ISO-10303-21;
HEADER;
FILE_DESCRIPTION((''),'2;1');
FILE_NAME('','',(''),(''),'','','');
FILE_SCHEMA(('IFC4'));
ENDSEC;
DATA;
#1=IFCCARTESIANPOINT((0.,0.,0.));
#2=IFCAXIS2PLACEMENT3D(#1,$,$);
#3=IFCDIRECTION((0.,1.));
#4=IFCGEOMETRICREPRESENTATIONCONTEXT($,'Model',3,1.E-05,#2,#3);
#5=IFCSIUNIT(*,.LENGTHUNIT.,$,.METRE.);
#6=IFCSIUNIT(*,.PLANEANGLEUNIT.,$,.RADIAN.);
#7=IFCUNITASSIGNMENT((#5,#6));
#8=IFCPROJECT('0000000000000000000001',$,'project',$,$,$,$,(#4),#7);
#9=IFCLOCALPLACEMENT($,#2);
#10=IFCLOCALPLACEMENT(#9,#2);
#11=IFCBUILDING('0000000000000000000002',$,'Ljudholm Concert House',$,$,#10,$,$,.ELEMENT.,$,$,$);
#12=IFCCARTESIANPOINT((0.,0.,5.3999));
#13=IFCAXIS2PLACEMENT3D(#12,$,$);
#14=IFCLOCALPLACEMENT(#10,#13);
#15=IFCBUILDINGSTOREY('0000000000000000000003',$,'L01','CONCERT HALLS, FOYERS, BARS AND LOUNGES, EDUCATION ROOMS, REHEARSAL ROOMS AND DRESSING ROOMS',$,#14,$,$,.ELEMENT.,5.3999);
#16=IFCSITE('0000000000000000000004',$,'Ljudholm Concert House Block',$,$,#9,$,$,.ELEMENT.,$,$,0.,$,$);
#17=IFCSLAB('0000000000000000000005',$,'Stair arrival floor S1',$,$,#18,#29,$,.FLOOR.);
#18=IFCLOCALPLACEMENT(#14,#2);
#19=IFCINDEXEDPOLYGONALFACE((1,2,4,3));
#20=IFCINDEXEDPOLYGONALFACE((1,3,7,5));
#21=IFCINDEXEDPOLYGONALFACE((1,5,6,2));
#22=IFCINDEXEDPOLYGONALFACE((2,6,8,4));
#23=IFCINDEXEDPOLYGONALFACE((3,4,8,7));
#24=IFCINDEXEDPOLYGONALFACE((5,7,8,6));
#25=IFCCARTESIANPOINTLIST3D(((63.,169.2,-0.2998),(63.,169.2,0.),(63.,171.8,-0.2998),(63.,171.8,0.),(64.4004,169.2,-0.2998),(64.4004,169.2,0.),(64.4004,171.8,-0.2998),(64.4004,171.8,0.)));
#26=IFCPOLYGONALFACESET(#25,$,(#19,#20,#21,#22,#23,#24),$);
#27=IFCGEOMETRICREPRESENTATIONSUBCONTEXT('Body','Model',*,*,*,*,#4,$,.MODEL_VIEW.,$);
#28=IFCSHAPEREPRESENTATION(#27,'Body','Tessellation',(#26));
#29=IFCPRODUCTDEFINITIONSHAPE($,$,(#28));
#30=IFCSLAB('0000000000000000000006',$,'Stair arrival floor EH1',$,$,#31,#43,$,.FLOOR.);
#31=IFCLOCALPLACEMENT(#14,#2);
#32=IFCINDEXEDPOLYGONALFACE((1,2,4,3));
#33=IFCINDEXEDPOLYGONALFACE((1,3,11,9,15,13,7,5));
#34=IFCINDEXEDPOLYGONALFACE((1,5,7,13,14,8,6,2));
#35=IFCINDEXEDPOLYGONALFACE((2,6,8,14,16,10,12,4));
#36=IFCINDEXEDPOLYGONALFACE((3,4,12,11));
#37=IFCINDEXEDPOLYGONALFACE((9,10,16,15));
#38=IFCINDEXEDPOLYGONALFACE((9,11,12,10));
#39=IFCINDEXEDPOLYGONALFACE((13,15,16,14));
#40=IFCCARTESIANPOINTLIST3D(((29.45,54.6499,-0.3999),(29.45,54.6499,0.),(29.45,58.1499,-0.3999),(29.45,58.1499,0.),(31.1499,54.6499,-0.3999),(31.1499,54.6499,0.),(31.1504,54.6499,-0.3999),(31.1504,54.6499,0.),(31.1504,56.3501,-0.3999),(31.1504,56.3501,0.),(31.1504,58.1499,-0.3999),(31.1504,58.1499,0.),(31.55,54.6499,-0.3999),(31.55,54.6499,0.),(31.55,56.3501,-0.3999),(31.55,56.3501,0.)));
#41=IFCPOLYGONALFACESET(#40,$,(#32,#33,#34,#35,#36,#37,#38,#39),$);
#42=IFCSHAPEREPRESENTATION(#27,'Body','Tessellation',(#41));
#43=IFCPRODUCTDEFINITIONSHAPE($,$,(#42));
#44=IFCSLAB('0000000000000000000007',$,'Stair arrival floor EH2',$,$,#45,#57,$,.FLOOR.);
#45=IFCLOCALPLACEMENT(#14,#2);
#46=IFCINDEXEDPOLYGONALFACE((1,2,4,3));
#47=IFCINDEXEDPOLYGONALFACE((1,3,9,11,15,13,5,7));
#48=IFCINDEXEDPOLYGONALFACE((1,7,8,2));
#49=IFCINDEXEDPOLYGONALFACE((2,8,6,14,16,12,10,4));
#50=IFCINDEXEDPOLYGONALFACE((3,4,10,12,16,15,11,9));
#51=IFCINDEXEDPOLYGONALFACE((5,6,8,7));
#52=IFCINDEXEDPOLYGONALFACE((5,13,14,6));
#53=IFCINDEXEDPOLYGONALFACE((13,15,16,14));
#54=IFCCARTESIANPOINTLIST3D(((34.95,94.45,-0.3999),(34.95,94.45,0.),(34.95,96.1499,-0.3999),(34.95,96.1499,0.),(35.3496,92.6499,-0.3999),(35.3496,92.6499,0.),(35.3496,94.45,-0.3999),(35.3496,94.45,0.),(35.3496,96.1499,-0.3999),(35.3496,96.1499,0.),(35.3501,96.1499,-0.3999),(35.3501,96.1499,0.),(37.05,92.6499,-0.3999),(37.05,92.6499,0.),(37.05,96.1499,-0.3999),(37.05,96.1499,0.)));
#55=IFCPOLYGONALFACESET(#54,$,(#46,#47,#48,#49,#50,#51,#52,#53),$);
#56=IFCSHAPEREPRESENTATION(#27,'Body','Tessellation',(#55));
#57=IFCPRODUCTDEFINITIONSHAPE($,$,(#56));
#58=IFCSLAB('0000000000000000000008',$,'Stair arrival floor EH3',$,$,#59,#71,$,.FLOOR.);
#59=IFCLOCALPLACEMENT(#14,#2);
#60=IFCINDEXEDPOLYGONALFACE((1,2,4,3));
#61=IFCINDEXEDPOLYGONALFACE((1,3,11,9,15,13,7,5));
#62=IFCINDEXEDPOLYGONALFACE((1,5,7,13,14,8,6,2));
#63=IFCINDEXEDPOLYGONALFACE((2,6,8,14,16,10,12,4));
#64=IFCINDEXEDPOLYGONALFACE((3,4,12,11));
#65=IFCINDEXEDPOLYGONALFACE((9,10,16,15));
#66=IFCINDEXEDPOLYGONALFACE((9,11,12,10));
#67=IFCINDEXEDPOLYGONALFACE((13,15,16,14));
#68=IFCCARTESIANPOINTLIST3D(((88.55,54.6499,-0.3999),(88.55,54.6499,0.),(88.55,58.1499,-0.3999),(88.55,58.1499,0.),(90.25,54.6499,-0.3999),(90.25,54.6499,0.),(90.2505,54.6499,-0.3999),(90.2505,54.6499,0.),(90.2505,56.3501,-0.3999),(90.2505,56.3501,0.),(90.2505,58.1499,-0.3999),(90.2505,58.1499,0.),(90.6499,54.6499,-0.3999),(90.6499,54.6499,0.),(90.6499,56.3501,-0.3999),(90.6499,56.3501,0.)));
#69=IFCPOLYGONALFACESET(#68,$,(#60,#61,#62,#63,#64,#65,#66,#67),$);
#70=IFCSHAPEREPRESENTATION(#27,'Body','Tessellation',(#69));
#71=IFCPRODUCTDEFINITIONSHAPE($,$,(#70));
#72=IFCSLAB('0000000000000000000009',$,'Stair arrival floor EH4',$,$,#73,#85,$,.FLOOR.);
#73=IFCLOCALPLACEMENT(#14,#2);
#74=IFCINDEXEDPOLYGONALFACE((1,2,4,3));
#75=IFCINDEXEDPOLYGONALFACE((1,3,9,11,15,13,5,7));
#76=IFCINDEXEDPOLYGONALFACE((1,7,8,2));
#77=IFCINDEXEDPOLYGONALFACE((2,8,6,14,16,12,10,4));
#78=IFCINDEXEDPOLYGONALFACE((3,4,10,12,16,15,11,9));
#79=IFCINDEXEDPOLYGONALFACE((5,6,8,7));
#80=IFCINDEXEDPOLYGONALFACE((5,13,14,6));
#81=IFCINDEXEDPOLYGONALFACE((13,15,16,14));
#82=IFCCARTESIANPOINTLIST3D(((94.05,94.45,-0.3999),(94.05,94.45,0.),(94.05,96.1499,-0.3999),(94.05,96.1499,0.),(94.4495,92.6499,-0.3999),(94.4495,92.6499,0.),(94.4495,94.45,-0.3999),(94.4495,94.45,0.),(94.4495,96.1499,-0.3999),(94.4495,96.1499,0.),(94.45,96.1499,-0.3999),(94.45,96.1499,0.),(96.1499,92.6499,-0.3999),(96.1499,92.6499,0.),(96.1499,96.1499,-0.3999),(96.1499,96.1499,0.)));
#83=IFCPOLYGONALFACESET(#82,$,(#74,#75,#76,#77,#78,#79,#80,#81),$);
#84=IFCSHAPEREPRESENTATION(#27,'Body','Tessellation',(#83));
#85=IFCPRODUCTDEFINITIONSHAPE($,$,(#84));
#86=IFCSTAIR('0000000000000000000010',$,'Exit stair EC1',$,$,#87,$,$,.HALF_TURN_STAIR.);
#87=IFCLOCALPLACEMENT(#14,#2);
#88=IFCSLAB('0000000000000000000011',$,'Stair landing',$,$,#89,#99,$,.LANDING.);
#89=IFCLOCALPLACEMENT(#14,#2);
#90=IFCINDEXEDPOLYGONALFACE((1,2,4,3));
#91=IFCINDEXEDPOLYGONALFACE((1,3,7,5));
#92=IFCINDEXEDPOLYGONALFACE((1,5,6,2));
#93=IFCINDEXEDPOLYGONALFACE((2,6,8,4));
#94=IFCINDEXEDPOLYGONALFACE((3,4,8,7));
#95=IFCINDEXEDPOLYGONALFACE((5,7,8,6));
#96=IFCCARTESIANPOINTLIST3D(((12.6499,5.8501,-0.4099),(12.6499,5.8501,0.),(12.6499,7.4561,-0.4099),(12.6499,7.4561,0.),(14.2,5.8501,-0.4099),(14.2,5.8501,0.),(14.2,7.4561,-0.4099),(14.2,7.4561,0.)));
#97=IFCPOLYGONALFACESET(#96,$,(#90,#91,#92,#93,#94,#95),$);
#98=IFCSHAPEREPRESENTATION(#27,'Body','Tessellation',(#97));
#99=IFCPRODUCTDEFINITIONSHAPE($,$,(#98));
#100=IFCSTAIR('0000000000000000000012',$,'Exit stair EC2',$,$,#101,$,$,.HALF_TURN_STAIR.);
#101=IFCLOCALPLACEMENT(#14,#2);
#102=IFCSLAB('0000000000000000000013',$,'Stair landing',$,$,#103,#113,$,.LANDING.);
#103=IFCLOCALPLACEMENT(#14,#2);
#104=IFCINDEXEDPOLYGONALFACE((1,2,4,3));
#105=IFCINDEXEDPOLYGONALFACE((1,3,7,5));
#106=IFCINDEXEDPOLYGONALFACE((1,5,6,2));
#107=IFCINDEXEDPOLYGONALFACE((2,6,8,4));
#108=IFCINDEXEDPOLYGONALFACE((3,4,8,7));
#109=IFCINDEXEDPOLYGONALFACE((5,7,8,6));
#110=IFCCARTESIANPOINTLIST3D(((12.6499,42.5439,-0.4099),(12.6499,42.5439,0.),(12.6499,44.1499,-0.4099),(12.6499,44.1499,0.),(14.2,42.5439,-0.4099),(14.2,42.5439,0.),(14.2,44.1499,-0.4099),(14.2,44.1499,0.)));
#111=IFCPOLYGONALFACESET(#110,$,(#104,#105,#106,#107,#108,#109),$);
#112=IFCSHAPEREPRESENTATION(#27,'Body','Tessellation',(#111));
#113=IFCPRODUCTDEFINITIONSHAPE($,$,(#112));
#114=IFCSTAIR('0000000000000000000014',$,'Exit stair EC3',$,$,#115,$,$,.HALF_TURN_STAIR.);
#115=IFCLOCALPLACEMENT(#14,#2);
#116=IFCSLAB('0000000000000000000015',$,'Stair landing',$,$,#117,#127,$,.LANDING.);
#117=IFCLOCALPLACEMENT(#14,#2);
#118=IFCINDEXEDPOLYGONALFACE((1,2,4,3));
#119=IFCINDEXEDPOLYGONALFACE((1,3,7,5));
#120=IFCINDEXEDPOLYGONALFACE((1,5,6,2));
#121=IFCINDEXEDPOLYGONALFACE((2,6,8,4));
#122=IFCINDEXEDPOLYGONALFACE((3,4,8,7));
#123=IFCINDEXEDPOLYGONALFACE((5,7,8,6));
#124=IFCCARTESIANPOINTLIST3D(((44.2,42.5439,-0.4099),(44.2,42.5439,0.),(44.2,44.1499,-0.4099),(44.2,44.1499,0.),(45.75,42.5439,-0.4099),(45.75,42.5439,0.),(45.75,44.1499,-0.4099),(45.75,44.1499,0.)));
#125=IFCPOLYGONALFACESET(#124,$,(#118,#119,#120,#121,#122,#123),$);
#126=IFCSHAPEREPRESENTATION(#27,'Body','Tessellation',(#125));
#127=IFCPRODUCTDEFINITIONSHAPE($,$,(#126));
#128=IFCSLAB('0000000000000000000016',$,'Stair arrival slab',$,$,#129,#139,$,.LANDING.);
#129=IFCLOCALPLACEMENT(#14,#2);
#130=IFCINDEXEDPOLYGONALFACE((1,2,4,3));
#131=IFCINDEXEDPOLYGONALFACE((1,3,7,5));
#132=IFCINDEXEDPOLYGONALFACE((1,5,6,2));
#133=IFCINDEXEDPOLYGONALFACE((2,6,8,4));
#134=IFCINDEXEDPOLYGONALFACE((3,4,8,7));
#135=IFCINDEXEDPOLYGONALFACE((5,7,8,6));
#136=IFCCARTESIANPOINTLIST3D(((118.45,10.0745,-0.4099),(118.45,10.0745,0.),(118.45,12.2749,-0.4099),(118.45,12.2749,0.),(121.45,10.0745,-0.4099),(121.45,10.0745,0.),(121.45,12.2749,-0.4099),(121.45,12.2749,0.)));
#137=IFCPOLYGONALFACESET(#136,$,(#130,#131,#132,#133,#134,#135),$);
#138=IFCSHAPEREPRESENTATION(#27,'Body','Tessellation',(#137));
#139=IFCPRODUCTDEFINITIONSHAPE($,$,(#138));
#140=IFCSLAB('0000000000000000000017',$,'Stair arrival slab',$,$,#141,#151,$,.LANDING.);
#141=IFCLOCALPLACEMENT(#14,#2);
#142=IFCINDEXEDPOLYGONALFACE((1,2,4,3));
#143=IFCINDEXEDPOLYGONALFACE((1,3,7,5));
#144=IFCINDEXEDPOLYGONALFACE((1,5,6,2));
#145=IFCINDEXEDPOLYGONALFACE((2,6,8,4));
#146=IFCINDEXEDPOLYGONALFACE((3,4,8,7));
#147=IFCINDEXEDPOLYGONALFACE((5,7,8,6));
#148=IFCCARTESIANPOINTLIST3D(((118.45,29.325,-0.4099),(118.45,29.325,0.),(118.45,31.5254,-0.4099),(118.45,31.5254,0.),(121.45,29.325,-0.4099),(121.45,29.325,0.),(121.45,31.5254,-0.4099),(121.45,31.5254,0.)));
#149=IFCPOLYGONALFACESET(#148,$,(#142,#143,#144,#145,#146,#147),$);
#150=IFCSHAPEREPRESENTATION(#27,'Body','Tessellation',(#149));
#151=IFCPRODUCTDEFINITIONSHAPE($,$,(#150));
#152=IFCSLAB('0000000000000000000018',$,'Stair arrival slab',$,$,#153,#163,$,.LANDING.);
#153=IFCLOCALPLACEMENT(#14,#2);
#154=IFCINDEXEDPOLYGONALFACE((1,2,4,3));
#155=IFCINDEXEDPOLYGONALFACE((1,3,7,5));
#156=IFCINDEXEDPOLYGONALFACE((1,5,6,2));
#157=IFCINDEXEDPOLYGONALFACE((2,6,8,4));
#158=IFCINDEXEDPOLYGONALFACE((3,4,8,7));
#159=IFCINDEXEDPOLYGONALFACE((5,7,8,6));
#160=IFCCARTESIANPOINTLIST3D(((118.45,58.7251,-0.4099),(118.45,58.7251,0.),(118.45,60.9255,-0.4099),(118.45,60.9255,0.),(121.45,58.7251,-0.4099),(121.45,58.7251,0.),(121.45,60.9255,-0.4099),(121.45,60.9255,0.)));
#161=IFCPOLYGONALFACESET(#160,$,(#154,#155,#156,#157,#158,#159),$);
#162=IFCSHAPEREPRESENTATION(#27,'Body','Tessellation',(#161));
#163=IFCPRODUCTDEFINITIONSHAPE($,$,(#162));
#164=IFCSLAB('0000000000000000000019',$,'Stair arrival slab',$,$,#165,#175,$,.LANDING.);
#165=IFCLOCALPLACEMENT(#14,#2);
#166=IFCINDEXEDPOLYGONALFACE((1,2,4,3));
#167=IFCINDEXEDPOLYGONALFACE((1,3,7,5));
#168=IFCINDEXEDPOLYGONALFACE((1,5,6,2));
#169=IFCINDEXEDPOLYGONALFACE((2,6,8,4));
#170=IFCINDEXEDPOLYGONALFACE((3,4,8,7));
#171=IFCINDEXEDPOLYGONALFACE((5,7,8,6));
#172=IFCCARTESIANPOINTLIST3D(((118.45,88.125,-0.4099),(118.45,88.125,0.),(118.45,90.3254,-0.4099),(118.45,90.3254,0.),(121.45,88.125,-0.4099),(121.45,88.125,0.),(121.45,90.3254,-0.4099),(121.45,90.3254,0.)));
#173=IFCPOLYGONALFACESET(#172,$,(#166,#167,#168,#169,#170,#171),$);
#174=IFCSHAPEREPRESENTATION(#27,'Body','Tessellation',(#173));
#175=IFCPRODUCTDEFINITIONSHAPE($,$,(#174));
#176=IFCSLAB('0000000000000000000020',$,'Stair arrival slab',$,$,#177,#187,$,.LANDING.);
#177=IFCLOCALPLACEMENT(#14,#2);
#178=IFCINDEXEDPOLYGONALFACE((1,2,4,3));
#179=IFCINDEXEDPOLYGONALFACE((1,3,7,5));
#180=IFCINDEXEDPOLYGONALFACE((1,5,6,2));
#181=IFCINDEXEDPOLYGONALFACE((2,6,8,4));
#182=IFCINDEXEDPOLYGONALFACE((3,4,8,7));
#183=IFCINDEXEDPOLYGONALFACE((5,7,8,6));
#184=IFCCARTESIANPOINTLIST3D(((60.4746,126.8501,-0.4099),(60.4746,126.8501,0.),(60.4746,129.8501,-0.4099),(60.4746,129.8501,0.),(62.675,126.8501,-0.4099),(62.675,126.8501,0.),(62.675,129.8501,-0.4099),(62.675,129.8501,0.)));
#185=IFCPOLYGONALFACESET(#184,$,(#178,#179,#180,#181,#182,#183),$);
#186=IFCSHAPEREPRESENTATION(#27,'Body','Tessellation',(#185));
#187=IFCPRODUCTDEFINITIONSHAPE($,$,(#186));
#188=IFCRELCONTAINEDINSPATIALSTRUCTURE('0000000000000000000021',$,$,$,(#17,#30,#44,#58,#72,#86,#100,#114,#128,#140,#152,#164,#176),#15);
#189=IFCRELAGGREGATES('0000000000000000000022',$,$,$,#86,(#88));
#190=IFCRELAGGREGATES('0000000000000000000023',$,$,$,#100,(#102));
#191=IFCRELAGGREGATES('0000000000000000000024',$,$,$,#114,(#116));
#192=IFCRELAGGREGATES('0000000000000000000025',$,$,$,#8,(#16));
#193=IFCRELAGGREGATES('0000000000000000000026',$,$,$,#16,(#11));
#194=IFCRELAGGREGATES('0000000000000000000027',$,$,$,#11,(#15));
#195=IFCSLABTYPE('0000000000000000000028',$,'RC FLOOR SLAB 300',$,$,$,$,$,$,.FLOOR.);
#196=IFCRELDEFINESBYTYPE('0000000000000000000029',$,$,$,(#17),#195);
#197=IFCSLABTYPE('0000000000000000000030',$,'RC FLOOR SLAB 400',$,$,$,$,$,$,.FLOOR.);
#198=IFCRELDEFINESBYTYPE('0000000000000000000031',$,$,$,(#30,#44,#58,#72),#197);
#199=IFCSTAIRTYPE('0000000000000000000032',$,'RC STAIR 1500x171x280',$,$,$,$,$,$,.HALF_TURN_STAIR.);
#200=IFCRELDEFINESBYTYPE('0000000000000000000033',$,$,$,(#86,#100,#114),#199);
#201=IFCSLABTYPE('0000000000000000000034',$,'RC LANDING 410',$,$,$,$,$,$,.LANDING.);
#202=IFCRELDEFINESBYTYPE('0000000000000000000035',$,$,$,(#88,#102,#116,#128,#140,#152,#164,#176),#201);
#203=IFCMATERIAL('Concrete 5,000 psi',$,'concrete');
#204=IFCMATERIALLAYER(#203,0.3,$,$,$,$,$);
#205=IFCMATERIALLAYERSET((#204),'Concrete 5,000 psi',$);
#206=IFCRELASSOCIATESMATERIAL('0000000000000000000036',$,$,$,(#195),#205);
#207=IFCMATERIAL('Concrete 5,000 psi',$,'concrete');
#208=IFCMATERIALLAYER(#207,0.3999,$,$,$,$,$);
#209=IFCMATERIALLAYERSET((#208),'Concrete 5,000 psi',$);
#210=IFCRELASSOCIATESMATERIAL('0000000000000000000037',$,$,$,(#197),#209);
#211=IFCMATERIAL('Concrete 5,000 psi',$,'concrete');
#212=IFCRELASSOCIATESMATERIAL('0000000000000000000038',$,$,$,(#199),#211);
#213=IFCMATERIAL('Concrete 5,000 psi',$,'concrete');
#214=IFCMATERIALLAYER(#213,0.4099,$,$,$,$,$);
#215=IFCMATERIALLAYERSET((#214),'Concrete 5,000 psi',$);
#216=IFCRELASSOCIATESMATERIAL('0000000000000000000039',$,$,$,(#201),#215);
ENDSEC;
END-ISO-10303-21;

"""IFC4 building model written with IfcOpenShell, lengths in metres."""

from ifc_helpers import new_model, si_unit, direction, frame, origin, place, context, subcontext, project, spatial, polyline, outline, extrude, material, layer, layer_set, type_object, element, aggregate, save


model = new_model("IFC4")

# Units and contexts
model_context = context("Model", 3, precision=1e-05, world=origin(), true_north=direction((0.0, 1.0)))
body_context = subcontext(model_context, "Body", "Model", "MODEL_VIEW")
ifc_project = project(units=[si_unit("LENGTHUNIT", "METRE"), si_unit("PLANEANGLEUNIT", "RADIAN")], contexts=[model_context])

# Site, building, storey
site_placement = place(None, origin())
site = spatial("IfcSite", under=ifc_project, at=site_placement, Name="Ljudholm Concert House Block", CompositionType="ELEMENT", RefElevation=0.0)
building_placement = place(site_placement, origin())
building = spatial("IfcBuilding", under=site, at=building_placement, Name="Ljudholm Concert House", CompositionType="ELEMENT")
storey_placement = place(building_placement, frame((0.0, 0.0, 5.3999)))
storey = spatial("IfcBuildingStorey", under=building, at=storey_placement, Name="L01", Description="CONCERT HALLS, FOYERS, BARS AND LOUNGES, EDUCATION ROOMS, REHEARSAL ROOMS AND DRESSING ROOMS", CompositionType="ELEMENT", Elevation=5.3999)

# Slabs
ifc_material_1 = material(Name="Concrete 5,000 psi", Category="concrete")
ifc_layer_1 = layer(ifc_material_1, 0.3)
ifc_layer_set_1 = layer_set([ifc_layer_1], Name="Concrete 5,000 psi")
slab_type_1 = type_object("IfcSlabType", Name="RC FLOOR SLAB 300", PredefinedType="FLOOR", material=ifc_layer_set_1)
slab_1_placement = place(storey_placement, frame((0.0, 0.0, -0.2998)))
element("IfcSlab", 1, at=slab_1_placement, inside=storey, type_object=slab_type_1, Name="Stair arrival floor S1", PredefinedType="FLOOR", context=body_context, shape_type="SweptSolid", body=[
    extrude(outline(polyline([(63.0, 169.2), (64.4004, 169.2), (64.4004, 171.8), (63.0, 171.8), (63.0, 169.2)])), origin(), (0.0, 0.0, 1.0), 0.2998),
])
ifc_material_2 = material(Name="Concrete 5,000 psi", Category="concrete")
ifc_layer_2 = layer(ifc_material_2, 0.3999)
ifc_layer_set_2 = layer_set([ifc_layer_2], Name="Concrete 5,000 psi")
slab_type_2 = type_object("IfcSlabType", Name="RC FLOOR SLAB 400", PredefinedType="FLOOR", material=ifc_layer_set_2)
slab_2_placement = place(storey_placement, frame((0.0, 0.0, -0.3999)))
element("IfcSlab", 2, at=slab_2_placement, inside=storey, type_object=slab_type_2, Name="Stair arrival floor EH1", PredefinedType="FLOOR", context=body_context, shape_type="SweptSolid", body=[
    extrude(outline(polyline([(29.45, 54.6499), (29.45, 58.1499), (31.1504, 58.1499), (31.1504, 56.3501), (31.55, 56.3501), (31.55, 54.6499), (31.1504, 54.6499), (31.1499, 54.6499), (29.45, 54.6499)])), origin(), (0.0, 0.0, 1.0), 0.3999),
])
slab_3_placement = place(storey_placement, frame((0.0, 0.0, -0.3999)))
element("IfcSlab", 3, at=slab_3_placement, inside=storey, type_object=slab_type_2, Name="Stair arrival floor EH2", PredefinedType="FLOOR", context=body_context, shape_type="SweptSolid", body=[
    extrude(outline(polyline([(37.05, 96.1499), (37.05, 92.6499), (35.3496, 92.6499), (35.3496, 94.45), (34.95, 94.45), (34.95, 96.1499), (35.3496, 96.1499), (35.3501, 96.1499), (37.05, 96.1499)])), origin(), (0.0, 0.0, 1.0), 0.3999),
])
slab_4_placement = place(storey_placement, frame((0.0, 0.0, -0.3999)))
element("IfcSlab", 4, at=slab_4_placement, inside=storey, type_object=slab_type_2, Name="Stair arrival floor EH3", PredefinedType="FLOOR", context=body_context, shape_type="SweptSolid", body=[
    extrude(outline(polyline([(88.55, 54.6499), (88.55, 58.1499), (90.2505, 58.1499), (90.2505, 56.3501), (90.6499, 56.3501), (90.6499, 54.6499), (90.2505, 54.6499), (90.25, 54.6499), (88.55, 54.6499)])), origin(), (0.0, 0.0, 1.0), 0.3999),
])
slab_5_placement = place(storey_placement, frame((0.0, 0.0, -0.3999)))
element("IfcSlab", 5, at=slab_5_placement, inside=storey, type_object=slab_type_2, Name="Stair arrival floor EH4", PredefinedType="FLOOR", context=body_context, shape_type="SweptSolid", body=[
    extrude(outline(polyline([(96.1499, 96.1499), (96.1499, 92.6499), (94.4495, 92.6499), (94.4495, 94.45), (94.05, 94.45), (94.05, 96.1499), (94.4495, 96.1499), (94.45, 96.1499), (96.1499, 96.1499)])), origin(), (0.0, 0.0, 1.0), 0.3999),
])

# Stairs, slabs
ifc_material_3 = material(Name="Concrete 5,000 psi", Category="concrete")
stair_type = type_object("IfcStairType", Name="RC STAIR 1500x171x280", PredefinedType="HALF_TURN_STAIR", material=ifc_material_3)
stair_1_placement = place(storey_placement, origin())
stair_1 = element("IfcStair", 6, at=stair_1_placement, inside=storey, type_object=stair_type, Name="Exit stair EC1", PredefinedType="HALF_TURN_STAIR")
ifc_material_4 = material(Name="Concrete 5,000 psi", Category="concrete")
ifc_layer_3 = layer(ifc_material_4, 0.4099)
ifc_layer_set_3 = layer_set([ifc_layer_3], Name="Concrete 5,000 psi")
slab_type_3 = type_object("IfcSlabType", Name="RC LANDING 410", PredefinedType="LANDING", material=ifc_layer_set_3)
slab_6_placement = place(storey_placement, frame((0.0, 0.0, -0.4099)))
slab_6 = element("IfcSlab", 7, at=slab_6_placement, type_object=slab_type_3, Name="Stair landing", PredefinedType="LANDING", context=body_context, shape_type="SweptSolid", body=[
    extrude(outline(polyline([(14.2, 7.4561), (12.6499, 7.4561), (12.6499, 5.8501), (14.2, 5.8501), (14.2, 7.4561)])), origin(), (0.0, 0.0, 1.0), 0.4099),
])
aggregate(stair_1, [slab_6])
stair_2_placement = place(storey_placement, origin())
stair_2 = element("IfcStair", 8, at=stair_2_placement, inside=storey, type_object=stair_type, Name="Exit stair EC2", PredefinedType="HALF_TURN_STAIR")
slab_7_placement = place(storey_placement, frame((0.0, 0.0, -0.4099)))
slab_7 = element("IfcSlab", 9, at=slab_7_placement, type_object=slab_type_3, Name="Stair landing", PredefinedType="LANDING", context=body_context, shape_type="SweptSolid", body=[
    extrude(outline(polyline([(12.6499, 42.5439), (14.2, 42.5439), (14.2, 44.1499), (12.6499, 44.1499), (12.6499, 42.5439)])), origin(), (0.0, 0.0, 1.0), 0.4099),
])
aggregate(stair_2, [slab_7])
stair_3_placement = place(storey_placement, origin())
stair_3 = element("IfcStair", 10, at=stair_3_placement, inside=storey, type_object=stair_type, Name="Exit stair EC3", PredefinedType="HALF_TURN_STAIR")
slab_8_placement = place(storey_placement, frame((0.0, 0.0, -0.4099)))
slab_8 = element("IfcSlab", 11, at=slab_8_placement, type_object=slab_type_3, Name="Stair landing", PredefinedType="LANDING", context=body_context, shape_type="SweptSolid", body=[
    extrude(outline(polyline([(44.2, 42.5439), (45.75, 42.5439), (45.75, 44.1499), (44.2, 44.1499), (44.2, 42.5439)])), origin(), (0.0, 0.0, 1.0), 0.4099),
])
aggregate(stair_3, [slab_8])

# Slabs
slab_9_placement = place(storey_placement, frame((0.0, 0.0, -0.4099)))
element("IfcSlab", 12, at=slab_9_placement, inside=storey, type_object=slab_type_3, Name="Stair arrival slab", PredefinedType="LANDING", context=body_context, shape_type="SweptSolid", body=[
    extrude(outline(polyline([(118.45, 12.2749), (121.45, 12.2749), (121.45, 10.0745), (118.45, 10.0745), (118.45, 12.2749)])), origin(), (0.0, 0.0, 1.0), 0.4099),
])
slab_10_placement = place(storey_placement, frame((0.0, 0.0, -0.4099)))
element("IfcSlab", 13, at=slab_10_placement, inside=storey, type_object=slab_type_3, Name="Stair arrival slab", PredefinedType="LANDING", context=body_context, shape_type="SweptSolid", body=[
    extrude(outline(polyline([(121.45, 29.325), (118.45, 29.325), (118.45, 31.5254), (121.45, 31.5254), (121.45, 29.325)])), origin(), (0.0, 0.0, 1.0), 0.4099),
])
slab_11_placement = place(storey_placement, frame((0.0, 0.0, -0.4099)))
element("IfcSlab", 14, at=slab_11_placement, inside=storey, type_object=slab_type_3, Name="Stair arrival slab", PredefinedType="LANDING", context=body_context, shape_type="SweptSolid", body=[
    extrude(outline(polyline([(121.45, 58.7251), (118.45, 58.7251), (118.45, 60.9255), (121.45, 60.9255), (121.45, 58.7251)])), origin(), (0.0, 0.0, 1.0), 0.4099),
])
slab_12_placement = place(storey_placement, frame((0.0, 0.0, -0.4099)))
element("IfcSlab", 15, at=slab_12_placement, inside=storey, type_object=slab_type_3, Name="Stair arrival slab", PredefinedType="LANDING", context=body_context, shape_type="SweptSolid", body=[
    extrude(outline(polyline([(121.45, 88.125), (118.45, 88.125), (118.45, 90.3254), (121.45, 90.3254), (121.45, 88.125)])), origin(), (0.0, 0.0, 1.0), 0.4099),
])
slab_13_placement = place(storey_placement, frame((0.0, 0.0, -0.4099)))
element("IfcSlab", 16, at=slab_13_placement, inside=storey, type_object=slab_type_3, Name="Stair arrival slab", PredefinedType="LANDING", context=body_context, shape_type="SweptSolid", body=[
    extrude(outline(polyline([(62.675, 129.8501), (62.675, 126.8501), (60.4746, 126.8501), (60.4746, 129.8501), (62.675, 129.8501)])), origin(), (0.0, 0.0, 1.0), 0.4099),
])

save(model, "model.ifc")
